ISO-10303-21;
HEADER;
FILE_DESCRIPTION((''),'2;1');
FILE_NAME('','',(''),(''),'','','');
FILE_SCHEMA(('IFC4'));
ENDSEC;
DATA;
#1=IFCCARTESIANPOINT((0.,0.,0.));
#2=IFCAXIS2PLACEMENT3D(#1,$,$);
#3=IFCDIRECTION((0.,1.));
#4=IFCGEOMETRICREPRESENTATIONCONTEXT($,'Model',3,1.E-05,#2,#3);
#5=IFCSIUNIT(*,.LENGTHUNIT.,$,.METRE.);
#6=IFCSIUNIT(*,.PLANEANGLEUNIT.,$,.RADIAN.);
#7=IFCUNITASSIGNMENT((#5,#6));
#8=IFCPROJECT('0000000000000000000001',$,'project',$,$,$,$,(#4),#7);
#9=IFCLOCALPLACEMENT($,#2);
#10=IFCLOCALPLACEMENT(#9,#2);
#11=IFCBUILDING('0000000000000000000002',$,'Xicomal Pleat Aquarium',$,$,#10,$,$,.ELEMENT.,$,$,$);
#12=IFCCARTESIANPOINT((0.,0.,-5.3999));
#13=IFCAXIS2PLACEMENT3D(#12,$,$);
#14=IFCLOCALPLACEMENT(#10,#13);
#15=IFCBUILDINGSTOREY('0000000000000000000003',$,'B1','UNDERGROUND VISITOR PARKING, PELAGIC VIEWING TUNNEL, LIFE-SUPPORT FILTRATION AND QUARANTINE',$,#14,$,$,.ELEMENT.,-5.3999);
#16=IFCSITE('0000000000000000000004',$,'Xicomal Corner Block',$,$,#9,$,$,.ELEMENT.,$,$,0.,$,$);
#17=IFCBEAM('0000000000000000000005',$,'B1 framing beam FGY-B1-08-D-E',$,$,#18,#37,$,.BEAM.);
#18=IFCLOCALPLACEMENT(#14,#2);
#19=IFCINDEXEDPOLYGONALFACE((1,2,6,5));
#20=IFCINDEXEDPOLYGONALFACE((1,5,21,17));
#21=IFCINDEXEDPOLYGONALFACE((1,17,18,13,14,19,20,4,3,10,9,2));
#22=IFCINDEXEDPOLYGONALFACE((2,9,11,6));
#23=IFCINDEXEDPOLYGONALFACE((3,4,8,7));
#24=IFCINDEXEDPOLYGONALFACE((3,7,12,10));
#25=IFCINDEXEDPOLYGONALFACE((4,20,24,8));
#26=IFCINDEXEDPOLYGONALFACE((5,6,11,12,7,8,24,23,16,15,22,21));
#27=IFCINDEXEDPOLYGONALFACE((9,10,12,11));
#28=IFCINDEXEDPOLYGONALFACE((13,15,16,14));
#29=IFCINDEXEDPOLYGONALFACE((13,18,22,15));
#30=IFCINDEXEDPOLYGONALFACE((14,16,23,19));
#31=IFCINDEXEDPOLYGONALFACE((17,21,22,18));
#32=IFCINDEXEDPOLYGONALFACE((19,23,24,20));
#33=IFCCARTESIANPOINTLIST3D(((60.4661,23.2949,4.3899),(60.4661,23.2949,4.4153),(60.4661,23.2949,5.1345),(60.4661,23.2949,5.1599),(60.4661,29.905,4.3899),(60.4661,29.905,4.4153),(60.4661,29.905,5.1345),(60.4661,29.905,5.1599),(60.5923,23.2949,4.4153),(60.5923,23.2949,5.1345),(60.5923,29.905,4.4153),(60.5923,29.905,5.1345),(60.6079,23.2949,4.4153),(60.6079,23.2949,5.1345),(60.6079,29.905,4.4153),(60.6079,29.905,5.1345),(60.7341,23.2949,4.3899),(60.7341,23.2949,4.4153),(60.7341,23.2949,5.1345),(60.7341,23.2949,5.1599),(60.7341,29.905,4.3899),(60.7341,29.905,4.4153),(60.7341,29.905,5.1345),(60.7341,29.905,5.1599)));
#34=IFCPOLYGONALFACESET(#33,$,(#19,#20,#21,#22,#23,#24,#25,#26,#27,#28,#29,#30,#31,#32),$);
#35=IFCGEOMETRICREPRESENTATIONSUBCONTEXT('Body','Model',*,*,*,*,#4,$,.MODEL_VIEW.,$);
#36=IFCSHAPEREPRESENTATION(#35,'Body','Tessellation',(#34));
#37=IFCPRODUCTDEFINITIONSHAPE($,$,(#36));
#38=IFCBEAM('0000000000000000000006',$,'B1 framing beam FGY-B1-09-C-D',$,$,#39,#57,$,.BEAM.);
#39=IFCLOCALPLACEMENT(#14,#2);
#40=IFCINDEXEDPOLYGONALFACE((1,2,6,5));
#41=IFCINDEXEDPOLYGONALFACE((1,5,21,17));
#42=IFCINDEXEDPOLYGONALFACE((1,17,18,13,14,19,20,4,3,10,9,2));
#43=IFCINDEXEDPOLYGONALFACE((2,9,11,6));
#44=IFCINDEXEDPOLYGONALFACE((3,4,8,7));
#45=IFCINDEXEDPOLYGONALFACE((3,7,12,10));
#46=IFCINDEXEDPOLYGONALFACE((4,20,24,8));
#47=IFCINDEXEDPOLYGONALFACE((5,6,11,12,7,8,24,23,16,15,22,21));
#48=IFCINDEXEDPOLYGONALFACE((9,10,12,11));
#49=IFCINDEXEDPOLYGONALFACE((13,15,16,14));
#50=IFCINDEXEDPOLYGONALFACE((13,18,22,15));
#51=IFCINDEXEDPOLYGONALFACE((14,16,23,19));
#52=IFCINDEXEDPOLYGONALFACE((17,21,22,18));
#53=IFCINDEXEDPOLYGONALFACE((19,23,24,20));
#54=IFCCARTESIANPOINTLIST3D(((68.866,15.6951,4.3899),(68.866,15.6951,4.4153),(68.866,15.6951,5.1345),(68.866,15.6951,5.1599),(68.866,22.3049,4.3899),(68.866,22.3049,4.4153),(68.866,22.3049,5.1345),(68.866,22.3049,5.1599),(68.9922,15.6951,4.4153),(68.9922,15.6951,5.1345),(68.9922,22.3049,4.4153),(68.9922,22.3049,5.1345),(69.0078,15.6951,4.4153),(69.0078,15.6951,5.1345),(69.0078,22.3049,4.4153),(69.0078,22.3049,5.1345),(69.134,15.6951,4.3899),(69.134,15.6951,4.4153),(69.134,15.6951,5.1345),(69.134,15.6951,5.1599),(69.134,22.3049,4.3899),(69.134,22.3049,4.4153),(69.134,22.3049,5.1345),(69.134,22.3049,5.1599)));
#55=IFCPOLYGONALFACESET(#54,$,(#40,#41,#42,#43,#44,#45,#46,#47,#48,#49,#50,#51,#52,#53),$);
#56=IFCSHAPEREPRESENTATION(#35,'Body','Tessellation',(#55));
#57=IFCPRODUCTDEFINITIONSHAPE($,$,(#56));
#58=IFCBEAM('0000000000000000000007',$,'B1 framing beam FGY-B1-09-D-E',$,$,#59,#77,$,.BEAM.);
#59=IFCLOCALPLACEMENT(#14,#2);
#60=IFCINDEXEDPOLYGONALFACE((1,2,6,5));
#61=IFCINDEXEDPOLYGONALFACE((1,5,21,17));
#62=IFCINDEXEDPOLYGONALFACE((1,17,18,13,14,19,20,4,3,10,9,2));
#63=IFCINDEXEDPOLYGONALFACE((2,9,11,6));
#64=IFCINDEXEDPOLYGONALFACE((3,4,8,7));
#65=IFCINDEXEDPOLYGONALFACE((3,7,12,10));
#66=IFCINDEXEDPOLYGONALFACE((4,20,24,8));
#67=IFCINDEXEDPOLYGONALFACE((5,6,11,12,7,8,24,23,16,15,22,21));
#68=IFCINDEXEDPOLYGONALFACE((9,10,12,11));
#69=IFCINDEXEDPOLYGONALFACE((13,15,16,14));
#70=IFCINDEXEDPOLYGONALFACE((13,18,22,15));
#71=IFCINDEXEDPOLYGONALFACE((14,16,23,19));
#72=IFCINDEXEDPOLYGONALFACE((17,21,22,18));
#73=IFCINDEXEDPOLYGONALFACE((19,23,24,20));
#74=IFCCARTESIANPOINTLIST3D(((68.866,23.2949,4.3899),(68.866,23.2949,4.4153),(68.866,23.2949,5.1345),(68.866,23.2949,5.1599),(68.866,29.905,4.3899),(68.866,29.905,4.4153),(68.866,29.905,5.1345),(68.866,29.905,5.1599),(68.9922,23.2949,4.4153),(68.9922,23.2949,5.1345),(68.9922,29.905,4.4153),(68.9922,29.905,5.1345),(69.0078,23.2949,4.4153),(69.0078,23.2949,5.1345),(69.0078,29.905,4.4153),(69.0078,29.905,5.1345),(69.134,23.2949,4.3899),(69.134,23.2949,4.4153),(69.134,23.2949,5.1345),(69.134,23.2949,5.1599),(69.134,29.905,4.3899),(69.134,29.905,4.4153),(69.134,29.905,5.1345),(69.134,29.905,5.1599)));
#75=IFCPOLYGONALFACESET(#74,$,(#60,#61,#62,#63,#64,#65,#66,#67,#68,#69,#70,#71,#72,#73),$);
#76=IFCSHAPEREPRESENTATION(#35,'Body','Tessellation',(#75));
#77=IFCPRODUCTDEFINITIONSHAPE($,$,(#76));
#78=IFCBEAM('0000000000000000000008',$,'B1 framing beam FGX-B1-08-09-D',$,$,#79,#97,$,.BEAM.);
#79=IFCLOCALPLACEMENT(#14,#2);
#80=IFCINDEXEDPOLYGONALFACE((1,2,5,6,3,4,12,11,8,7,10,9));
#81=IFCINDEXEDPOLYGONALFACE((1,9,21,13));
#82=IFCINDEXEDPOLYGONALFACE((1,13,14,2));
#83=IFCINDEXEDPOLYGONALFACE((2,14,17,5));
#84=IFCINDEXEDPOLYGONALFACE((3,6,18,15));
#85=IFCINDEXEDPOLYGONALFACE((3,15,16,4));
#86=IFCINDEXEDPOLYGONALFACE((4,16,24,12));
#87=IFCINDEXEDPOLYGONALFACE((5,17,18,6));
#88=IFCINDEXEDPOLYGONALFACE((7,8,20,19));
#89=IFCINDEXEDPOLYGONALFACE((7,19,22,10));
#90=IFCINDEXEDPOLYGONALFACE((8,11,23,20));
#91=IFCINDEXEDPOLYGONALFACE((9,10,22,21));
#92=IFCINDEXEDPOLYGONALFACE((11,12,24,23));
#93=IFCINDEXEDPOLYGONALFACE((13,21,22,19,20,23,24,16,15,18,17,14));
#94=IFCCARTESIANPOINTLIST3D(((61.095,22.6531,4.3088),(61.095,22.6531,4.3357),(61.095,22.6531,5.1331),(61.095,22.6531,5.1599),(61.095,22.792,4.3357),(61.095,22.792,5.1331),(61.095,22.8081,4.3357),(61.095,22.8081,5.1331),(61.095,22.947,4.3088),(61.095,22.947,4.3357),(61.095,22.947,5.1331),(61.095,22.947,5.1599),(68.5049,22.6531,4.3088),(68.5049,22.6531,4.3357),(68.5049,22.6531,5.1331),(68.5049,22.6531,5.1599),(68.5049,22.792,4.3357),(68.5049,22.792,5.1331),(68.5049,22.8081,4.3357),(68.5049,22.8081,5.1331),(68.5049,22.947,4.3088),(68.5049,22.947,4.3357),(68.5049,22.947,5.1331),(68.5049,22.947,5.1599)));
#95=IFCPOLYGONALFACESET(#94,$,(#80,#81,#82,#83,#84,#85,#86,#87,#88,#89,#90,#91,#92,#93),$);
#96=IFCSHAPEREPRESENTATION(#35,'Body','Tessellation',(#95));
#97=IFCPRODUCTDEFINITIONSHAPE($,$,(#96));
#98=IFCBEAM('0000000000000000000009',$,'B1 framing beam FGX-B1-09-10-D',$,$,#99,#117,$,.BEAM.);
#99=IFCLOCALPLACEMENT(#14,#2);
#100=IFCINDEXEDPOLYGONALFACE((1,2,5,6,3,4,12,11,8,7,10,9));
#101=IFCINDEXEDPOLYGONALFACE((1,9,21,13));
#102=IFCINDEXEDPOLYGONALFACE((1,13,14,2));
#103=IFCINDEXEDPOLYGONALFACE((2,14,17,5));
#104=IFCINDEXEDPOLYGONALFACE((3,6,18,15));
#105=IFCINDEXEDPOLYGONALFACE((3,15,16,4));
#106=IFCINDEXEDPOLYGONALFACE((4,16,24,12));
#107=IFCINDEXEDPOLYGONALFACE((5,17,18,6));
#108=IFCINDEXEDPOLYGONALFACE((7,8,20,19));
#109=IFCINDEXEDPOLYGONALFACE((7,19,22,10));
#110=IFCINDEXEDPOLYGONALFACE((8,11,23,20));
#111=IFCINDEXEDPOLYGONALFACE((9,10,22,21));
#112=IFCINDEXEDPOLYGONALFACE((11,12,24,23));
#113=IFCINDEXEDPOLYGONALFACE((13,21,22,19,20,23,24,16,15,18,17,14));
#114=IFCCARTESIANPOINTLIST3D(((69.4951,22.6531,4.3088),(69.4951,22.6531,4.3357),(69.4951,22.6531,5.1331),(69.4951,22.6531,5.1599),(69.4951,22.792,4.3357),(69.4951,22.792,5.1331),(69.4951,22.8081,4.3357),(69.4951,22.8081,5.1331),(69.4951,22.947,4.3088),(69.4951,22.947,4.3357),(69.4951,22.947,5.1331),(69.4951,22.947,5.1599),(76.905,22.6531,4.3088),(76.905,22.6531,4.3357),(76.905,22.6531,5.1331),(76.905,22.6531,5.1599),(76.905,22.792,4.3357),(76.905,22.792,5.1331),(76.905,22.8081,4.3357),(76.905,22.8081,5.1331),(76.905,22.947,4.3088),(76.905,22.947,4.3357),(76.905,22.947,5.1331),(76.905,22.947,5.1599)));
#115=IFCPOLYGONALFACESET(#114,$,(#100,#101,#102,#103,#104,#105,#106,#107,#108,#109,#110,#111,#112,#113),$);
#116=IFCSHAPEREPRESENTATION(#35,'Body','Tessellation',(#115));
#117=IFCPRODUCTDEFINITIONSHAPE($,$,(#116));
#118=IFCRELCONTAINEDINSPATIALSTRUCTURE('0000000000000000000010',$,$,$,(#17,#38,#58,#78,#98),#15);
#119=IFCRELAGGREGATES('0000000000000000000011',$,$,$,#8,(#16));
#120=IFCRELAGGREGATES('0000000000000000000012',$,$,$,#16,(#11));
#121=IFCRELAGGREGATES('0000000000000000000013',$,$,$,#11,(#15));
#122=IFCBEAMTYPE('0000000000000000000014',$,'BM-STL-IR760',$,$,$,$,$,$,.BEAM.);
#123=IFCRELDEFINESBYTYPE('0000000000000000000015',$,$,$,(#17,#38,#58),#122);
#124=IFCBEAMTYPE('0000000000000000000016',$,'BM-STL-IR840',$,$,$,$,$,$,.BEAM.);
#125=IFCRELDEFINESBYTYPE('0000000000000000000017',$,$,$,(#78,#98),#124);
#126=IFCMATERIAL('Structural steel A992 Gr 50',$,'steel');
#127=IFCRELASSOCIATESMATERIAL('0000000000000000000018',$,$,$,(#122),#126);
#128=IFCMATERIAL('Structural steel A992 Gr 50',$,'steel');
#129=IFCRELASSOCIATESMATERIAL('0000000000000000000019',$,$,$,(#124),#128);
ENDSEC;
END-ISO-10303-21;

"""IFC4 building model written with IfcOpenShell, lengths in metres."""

from ifc_helpers import new_model, si_unit, direction, frame, origin, origin_2d, place, context, subcontext, project, spatial, i_section, extrude, material, material_profile, profile_set, type_object, element, save


model = new_model("IFC4")

# Units and contexts
model_context = context("Model", 3, precision=1e-05, world=origin(), true_north=direction((0.0, 1.0)))
body_context = subcontext(model_context, "Body", "Model", "MODEL_VIEW")
ifc_project = project(units=[si_unit("LENGTHUNIT", "METRE"), si_unit("PLANEANGLEUNIT", "RADIAN")], contexts=[model_context])

# Site, building, storey
site_placement = place(None, origin())
site = spatial("IfcSite", under=ifc_project, at=site_placement, Name="Xicomal Corner Block", CompositionType="ELEMENT", RefElevation=0.0)
building_placement = place(site_placement, origin())
building = spatial("IfcBuilding", under=site, at=building_placement, Name="Xicomal Pleat Aquarium", CompositionType="ELEMENT")
storey_placement = place(building_placement, frame((0.0, 0.0, -5.3999)))
storey = spatial("IfcBuildingStorey", under=building, at=storey_placement, Name="B1", Description="UNDERGROUND VISITOR PARKING, PELAGIC VIEWING TUNNEL, LIFE-SUPPORT FILTRATION AND QUARANTINE", CompositionType="ELEMENT", Elevation=-5.3999)

# Beams
ifc_material_1 = material(Name="Structural steel A992 Gr 50", Category="steel")
ifc_material_profile_1 = material_profile(ifc_material_1, i_section(OverallWidth=0.2681, OverallDepth=0.77, WebThickness=0.0156, FlangeThickness=0.0254, at=origin_2d()), Name="IR 760x196")
ifc_profile_set_1 = profile_set([ifc_material_profile_1], Name="Structural steel A992 Gr 50")
beam_type_1 = type_object("IfcBeamType", Name="BM-STL-IR760", PredefinedType="BEAM", material=ifc_profile_set_1)
beam_1_placement = place(storey_placement, frame((60.6001, 23.2949, 4.7749), z_axis=(0.0, 1.0, 0.0), x_axis=(-1.0, 0.0, 0.0)))
element("IfcBeam", 1, at=beam_1_placement, inside=storey, type_object=beam_type_1, Name="B1 framing beam FGY-B1-08-D-E", PredefinedType="BEAM", context=body_context, shape_type="SweptSolid", body=[
    extrude(i_section(OverallWidth=0.2681, OverallDepth=0.77, WebThickness=0.0156, FlangeThickness=0.0254, at=origin_2d()), origin(), (0.0, 0.0, 1.0), 6.6101),
])
beam_2_placement = place(storey_placement, frame((69.0, 15.6951, 4.7749), z_axis=(0.0, 1.0, 0.0), x_axis=(-1.0, 0.0, 0.0)))
element("IfcBeam", 2, at=beam_2_placement, inside=storey, type_object=beam_type_1, Name="B1 framing beam FGY-B1-09-C-D", PredefinedType="BEAM", context=body_context, shape_type="SweptSolid", body=[
    extrude(i_section(OverallWidth=0.2681, OverallDepth=0.77, WebThickness=0.0156, FlangeThickness=0.0254, at=origin_2d()), origin(), (0.0, 0.0, 1.0), 6.6099),
])
beam_3_placement = place(storey_placement, frame((69.0, 23.2949, 4.7749), z_axis=(0.0, 1.0, 0.0), x_axis=(-1.0, 0.0, 0.0)))
element("IfcBeam", 3, at=beam_3_placement, inside=storey, type_object=beam_type_1, Name="B1 framing beam FGY-B1-09-D-E", PredefinedType="BEAM", context=body_context, shape_type="SweptSolid", body=[
    extrude(i_section(OverallWidth=0.2681, OverallDepth=0.77, WebThickness=0.0156, FlangeThickness=0.0254, at=origin_2d()), origin(), (0.0, 0.0, 1.0), 6.6101),
])
ifc_material_2 = material(Name="Structural steel A992 Gr 50", Category="steel")
ifc_material_profile_2 = material_profile(ifc_material_2, i_section(OverallWidth=0.2939, OverallDepth=0.8511, WebThickness=0.0161, FlangeThickness=0.0269, at=origin_2d()), Name="IR 840x226")
ifc_profile_set_2 = profile_set([ifc_material_profile_2], Name="Structural steel A992 Gr 50")
beam_type_2 = type_object("IfcBeamType", Name="BM-STL-IR840", PredefinedType="BEAM", material=ifc_profile_set_2)
for number, where, z_axis, x_axis, name in (
    (4, (61.095, 22.8, 4.7344), (1.0, 0.0, 0.0), (0.0, 1.0, 0.0), "B1 framing beam FGX-B1-08-09-D"),
    (5, (69.4951, 22.8, 4.7344), (1.0, 0.0, 0.0), (0.0, 1.0, 0.0), "B1 framing beam FGX-B1-09-10-D"),
):
    element("IfcBeam", number, at=place(storey_placement, frame(where, z_axis=z_axis, x_axis=x_axis)), inside=storey, type_object=beam_type_2, Name=name, PredefinedType="BEAM", context=body_context, shape_type="SweptSolid", body=[
        extrude(i_section(OverallWidth=0.2939, OverallDepth=0.8511, WebThickness=0.0161, FlangeThickness=0.0269, at=origin_2d()), origin(), (0.0, 0.0, 1.0), 7.4099),
    ])

save(model, "model.ifc")
